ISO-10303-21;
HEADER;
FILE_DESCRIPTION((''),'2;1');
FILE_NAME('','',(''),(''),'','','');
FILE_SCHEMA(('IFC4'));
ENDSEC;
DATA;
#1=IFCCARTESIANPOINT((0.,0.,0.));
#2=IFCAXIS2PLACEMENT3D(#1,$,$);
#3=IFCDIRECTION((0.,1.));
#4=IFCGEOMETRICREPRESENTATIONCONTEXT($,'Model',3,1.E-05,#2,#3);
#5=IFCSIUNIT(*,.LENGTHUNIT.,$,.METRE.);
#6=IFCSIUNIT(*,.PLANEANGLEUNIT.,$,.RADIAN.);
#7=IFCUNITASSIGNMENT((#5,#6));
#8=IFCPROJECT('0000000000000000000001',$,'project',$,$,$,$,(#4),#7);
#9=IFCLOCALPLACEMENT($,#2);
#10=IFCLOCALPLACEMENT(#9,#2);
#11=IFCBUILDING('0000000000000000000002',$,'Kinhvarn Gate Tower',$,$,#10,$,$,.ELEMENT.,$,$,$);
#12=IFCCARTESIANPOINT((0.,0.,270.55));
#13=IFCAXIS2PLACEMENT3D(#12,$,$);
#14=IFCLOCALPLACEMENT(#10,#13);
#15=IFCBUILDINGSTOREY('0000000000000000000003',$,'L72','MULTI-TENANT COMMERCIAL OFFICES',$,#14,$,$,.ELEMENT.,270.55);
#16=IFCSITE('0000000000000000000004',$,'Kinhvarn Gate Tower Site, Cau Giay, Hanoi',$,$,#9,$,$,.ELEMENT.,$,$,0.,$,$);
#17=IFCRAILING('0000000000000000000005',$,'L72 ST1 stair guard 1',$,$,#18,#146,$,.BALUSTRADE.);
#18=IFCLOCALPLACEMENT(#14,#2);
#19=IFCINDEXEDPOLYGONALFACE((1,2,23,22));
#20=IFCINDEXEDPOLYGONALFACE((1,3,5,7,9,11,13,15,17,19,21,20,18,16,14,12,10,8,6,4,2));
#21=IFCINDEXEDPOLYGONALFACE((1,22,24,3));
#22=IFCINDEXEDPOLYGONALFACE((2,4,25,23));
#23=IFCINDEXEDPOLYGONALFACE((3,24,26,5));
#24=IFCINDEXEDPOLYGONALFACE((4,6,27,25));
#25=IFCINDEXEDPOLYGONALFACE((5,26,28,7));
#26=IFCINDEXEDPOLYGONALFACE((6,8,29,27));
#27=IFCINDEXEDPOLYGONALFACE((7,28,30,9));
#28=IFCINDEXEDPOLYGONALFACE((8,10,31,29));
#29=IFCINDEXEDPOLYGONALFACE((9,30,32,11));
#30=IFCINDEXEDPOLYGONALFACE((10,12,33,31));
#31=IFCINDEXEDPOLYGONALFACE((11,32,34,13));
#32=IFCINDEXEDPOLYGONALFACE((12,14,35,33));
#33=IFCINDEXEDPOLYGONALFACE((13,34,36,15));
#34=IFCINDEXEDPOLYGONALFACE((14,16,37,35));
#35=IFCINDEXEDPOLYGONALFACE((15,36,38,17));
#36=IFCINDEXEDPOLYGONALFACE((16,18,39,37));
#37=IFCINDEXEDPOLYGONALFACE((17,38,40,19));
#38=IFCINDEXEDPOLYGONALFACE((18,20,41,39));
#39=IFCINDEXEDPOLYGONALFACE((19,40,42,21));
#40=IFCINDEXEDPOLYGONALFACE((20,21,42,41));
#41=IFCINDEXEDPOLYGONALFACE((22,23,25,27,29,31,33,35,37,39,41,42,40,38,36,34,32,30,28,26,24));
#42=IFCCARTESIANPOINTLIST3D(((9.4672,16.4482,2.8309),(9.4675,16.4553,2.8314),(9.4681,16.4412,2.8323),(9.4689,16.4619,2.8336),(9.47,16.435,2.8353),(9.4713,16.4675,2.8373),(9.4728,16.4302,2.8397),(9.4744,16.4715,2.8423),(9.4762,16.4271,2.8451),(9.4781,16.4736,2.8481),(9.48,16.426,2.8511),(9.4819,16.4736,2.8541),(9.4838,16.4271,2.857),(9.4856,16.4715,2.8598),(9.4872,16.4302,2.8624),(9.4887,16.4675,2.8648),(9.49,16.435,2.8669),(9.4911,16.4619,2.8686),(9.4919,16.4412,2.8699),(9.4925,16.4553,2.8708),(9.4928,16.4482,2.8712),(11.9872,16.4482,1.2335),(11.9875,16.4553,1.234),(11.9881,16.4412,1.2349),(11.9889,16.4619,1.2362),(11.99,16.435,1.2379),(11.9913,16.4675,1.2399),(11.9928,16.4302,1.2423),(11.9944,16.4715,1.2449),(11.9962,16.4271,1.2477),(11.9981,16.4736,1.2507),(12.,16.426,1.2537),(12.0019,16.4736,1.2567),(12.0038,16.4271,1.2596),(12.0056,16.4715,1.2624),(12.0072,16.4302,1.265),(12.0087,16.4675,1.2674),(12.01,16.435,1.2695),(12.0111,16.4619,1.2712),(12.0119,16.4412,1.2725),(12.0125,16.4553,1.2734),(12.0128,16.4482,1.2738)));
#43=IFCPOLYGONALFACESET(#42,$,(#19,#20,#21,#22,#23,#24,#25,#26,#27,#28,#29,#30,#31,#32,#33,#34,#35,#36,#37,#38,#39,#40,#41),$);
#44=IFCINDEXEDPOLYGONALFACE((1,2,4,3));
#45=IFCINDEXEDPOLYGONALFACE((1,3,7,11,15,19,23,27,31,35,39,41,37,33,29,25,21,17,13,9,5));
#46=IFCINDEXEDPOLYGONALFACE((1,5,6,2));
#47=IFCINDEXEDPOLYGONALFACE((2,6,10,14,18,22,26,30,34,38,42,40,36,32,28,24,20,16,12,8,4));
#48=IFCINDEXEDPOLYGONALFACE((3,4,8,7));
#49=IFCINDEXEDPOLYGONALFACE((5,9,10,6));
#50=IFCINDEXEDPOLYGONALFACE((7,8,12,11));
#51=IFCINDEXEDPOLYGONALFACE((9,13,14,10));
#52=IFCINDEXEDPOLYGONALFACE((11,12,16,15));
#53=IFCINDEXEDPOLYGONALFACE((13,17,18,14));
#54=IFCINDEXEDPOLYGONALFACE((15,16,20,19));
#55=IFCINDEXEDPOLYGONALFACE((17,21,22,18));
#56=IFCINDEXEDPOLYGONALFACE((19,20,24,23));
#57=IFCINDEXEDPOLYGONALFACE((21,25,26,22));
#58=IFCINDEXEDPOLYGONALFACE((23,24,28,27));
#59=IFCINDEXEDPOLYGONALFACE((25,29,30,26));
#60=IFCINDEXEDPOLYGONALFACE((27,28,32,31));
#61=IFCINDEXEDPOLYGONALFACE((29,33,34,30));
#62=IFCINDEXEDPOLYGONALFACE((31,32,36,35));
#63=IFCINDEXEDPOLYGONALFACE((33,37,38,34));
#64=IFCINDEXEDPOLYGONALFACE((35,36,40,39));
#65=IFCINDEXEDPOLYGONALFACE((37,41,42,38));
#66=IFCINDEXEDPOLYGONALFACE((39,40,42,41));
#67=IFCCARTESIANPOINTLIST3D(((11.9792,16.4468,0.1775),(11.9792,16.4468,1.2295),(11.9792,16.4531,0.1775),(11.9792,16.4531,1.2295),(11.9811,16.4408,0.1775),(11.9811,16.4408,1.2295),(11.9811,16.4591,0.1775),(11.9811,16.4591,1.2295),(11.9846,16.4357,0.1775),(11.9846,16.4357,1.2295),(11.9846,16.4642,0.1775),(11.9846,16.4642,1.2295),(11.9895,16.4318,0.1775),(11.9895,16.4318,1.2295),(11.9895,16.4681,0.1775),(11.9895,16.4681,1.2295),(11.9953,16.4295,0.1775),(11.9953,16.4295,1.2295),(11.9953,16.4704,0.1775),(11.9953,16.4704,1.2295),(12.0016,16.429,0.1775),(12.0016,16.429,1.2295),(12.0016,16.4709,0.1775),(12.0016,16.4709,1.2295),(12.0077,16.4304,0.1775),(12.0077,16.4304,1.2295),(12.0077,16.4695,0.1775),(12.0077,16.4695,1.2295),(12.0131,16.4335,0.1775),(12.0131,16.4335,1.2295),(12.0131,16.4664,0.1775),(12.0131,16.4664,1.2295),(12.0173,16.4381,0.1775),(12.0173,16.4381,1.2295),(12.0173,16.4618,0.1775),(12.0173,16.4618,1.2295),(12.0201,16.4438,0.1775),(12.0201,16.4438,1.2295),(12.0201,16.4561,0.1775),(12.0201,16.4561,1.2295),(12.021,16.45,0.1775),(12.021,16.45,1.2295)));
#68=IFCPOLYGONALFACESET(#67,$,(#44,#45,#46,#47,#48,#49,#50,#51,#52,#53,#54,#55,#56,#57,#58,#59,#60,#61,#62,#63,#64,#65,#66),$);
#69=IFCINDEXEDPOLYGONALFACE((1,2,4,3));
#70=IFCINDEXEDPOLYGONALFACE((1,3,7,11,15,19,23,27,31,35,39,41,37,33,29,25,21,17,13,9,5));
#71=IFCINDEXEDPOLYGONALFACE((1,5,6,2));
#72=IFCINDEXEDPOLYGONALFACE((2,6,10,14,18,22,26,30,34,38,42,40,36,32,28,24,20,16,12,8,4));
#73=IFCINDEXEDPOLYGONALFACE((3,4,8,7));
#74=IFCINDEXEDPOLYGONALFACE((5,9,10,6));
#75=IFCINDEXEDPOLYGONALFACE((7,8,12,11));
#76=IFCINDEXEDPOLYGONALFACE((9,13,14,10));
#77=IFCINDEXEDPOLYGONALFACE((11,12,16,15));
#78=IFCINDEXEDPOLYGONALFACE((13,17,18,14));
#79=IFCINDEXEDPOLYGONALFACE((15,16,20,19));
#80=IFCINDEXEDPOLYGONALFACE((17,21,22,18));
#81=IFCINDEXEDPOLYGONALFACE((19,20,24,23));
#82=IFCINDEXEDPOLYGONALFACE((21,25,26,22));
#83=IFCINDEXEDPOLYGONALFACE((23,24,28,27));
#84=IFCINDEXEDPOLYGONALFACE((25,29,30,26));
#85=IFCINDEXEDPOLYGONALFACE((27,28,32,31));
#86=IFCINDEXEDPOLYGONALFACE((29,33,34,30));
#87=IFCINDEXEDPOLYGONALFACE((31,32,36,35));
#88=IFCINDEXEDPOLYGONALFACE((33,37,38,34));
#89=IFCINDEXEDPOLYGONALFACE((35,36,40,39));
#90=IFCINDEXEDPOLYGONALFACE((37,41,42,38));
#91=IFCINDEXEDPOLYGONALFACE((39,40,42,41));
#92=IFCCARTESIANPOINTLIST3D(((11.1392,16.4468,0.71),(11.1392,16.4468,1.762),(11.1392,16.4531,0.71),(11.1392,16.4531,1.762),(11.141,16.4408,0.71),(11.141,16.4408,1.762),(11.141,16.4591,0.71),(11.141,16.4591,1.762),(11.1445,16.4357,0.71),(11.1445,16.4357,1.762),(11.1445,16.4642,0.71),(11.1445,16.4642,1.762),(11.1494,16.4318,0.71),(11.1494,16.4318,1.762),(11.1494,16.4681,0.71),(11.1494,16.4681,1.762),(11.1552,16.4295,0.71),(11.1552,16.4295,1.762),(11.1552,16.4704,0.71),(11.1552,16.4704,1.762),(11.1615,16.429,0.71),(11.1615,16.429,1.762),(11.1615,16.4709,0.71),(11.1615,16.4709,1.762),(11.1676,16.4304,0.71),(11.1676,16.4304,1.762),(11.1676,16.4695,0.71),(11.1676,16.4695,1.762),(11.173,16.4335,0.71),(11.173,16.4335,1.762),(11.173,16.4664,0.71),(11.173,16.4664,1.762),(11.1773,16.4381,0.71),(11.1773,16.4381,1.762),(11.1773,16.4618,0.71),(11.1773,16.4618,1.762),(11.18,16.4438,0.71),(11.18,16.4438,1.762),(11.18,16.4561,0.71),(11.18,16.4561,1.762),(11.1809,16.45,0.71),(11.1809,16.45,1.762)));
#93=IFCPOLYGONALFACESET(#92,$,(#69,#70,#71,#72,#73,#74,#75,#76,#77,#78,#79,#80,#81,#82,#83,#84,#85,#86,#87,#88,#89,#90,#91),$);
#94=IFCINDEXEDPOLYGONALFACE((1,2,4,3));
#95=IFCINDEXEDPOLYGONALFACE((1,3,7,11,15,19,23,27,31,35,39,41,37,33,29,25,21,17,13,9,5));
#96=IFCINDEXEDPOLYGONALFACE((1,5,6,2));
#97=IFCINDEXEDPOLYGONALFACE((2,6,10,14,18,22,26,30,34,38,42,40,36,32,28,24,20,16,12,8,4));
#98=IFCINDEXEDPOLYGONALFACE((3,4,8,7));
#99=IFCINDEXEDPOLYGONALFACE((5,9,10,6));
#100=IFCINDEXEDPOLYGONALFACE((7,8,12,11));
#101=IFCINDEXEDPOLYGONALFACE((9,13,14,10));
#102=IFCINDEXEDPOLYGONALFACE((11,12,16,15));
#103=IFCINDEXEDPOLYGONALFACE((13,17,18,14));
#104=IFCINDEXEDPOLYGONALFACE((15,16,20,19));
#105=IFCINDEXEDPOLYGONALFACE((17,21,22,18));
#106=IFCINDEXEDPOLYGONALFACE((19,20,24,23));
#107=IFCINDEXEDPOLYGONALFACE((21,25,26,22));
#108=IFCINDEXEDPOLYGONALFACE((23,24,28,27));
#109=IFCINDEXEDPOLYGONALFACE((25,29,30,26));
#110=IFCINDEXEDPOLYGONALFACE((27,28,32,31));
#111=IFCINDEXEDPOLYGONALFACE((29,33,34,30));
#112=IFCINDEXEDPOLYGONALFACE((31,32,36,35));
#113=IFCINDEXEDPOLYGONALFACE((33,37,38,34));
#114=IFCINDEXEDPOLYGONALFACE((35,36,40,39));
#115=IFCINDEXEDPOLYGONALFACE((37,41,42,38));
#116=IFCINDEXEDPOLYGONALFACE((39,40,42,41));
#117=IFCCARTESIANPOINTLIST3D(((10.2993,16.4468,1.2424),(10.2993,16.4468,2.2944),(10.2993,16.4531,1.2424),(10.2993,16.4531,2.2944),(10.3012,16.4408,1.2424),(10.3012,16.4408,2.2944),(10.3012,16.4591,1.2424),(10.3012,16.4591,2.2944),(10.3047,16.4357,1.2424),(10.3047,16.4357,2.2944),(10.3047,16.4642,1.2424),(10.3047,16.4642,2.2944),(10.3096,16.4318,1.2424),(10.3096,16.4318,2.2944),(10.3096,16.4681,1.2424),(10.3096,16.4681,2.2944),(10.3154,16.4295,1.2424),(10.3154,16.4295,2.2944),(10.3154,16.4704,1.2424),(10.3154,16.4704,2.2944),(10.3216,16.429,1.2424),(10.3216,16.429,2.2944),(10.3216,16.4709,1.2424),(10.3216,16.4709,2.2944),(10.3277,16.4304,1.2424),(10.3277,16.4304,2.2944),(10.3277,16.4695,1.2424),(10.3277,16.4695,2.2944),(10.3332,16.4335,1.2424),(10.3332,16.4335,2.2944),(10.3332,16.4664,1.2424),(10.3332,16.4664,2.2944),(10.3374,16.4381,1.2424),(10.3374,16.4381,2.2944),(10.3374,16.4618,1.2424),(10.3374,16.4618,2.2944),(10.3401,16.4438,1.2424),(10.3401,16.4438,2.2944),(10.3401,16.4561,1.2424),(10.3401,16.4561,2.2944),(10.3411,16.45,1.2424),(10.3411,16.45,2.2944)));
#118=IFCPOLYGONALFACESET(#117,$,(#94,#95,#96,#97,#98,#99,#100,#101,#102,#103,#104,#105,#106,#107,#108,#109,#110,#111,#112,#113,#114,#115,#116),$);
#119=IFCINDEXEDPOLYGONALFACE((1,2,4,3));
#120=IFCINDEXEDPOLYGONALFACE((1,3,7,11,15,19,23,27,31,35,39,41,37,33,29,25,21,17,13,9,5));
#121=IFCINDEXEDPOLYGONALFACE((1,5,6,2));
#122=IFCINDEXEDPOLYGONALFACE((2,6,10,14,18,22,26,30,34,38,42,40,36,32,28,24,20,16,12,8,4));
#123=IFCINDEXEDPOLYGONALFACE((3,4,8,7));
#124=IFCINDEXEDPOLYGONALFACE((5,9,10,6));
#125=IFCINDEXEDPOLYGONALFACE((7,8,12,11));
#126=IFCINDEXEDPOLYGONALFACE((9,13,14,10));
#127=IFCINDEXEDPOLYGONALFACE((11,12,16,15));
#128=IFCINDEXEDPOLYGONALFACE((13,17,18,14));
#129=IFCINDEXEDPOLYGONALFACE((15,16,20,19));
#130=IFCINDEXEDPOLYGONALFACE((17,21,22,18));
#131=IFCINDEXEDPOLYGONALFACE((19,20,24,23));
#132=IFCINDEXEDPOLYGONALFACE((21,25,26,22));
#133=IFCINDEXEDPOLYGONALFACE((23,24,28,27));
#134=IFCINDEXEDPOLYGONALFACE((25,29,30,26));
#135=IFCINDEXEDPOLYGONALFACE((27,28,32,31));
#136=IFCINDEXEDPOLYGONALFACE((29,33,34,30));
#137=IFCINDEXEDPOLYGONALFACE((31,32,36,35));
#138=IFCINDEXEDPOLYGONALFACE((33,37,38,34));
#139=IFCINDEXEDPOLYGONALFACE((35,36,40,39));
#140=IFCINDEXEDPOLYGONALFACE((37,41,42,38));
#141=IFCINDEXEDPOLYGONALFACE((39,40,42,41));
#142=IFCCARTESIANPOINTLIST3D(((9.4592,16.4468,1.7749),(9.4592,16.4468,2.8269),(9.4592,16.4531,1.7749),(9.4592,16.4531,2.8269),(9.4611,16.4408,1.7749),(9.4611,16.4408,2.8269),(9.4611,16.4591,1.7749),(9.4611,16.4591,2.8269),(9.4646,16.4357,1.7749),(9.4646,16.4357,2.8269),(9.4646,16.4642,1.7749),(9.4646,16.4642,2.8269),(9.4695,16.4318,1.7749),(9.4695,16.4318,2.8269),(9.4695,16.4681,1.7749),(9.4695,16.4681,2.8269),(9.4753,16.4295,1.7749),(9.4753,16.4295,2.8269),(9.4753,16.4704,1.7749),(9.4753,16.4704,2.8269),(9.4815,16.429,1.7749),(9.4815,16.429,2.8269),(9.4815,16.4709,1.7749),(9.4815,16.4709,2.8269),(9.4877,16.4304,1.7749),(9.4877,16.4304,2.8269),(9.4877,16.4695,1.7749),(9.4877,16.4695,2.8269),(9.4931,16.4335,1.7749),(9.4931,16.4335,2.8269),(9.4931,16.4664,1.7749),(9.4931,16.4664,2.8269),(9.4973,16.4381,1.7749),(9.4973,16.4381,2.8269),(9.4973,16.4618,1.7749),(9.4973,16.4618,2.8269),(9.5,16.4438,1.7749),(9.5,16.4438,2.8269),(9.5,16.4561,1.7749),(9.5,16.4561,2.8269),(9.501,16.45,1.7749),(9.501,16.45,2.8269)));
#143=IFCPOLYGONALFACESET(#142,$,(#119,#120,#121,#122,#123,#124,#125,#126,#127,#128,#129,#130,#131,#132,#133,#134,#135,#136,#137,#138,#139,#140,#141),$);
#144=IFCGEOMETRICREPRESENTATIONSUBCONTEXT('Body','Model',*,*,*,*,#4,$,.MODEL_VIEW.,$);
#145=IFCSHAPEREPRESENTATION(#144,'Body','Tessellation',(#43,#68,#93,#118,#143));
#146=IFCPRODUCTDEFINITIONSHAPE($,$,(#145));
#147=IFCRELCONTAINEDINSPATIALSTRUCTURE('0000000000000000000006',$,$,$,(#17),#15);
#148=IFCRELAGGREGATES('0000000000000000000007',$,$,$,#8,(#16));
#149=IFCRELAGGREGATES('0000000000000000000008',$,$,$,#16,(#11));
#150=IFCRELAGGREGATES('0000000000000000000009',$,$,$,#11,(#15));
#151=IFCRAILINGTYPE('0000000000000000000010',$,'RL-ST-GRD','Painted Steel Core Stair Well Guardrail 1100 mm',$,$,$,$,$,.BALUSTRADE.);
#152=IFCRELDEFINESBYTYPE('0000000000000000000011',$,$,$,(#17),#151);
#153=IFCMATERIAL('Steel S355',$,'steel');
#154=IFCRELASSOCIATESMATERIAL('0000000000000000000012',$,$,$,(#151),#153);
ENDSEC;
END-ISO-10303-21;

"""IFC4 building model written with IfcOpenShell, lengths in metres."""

from ifc_helpers import new_model, si_unit, direction, frame, origin, origin_2d, place, context, subcontext, project, spatial, circle, extrude, material, type_object, element, save


model = new_model("IFC4")

# Units and contexts
model_context = context("Model", 3, precision=1e-05, world=origin(), true_north=direction((0.0, 1.0)))
body_context = subcontext(model_context, "Body", "Model", "MODEL_VIEW")
ifc_project = project(units=[si_unit("LENGTHUNIT", "METRE"), si_unit("PLANEANGLEUNIT", "RADIAN")], contexts=[model_context])

# Site, building, storey
site_placement = place(None, origin())
site = spatial("IfcSite", under=ifc_project, at=site_placement, Name="Kinhvarn Gate Tower Site, Cau Giay, Hanoi", CompositionType="ELEMENT", RefElevation=0.0)
building_placement = place(site_placement, origin())
building = spatial("IfcBuilding", under=site, at=building_placement, Name="Kinhvarn Gate Tower", CompositionType="ELEMENT")
storey_placement = place(building_placement, frame((0.0, 0.0, 270.55)))
storey = spatial("IfcBuildingStorey", under=building, at=storey_placement, Name="L72", Description="MULTI-TENANT COMMERCIAL OFFICES", CompositionType="ELEMENT", Elevation=270.55)

# Shared definitions
ifc_material_1 = material(Name="Steel S355", Category="steel")

# Railing
railing_type_1 = type_object("IfcRailingType", Name="RL-ST-GRD", Description="Painted Steel Core Stair Well Guardrail 1100 mm", PredefinedType="BALUSTRADE", material=ifc_material_1)
railing_1_placement = place(storey_placement, frame((12.0, 16.45, 0.1775)))
element("IfcRailing", 1, at=railing_1_placement, inside=storey, type_object=railing_type_1, Name="L72 ST1 stair guard 1", PredefinedType="BALUSTRADE", context=body_context, shape_type="SweptSolid", body=[
    extrude(circle(Radius=0.0239, at=origin_2d()), frame((0.0, 0.0, 1.0762), z_axis=(-0.844607, 0.0, 0.535387), x_axis=(0.0, -1.0, 0.0)), (0.0, 0.0, 1.0), 2.9836),
    extrude(circle(Radius=0.021, at=origin_2d()), origin(), (0.0, 0.0, 1.0), 1.052),
    extrude(circle(Radius=0.021, at=origin_2d()), frame((-0.8401, 0.0, 0.5325)), (0.0, 0.0, 1.0), 1.052),
    extrude(circle(Radius=0.021, at=origin_2d()), frame((-1.6799, 0.0, 1.0649)), (0.0, 0.0, 1.0), 1.052),
    extrude(circle(Radius=0.021, at=origin_2d()), frame((-2.52, 0.0, 1.5974)), (0.0, 0.0, 1.0), 1.052),
])

save(model, "model.ifc")
